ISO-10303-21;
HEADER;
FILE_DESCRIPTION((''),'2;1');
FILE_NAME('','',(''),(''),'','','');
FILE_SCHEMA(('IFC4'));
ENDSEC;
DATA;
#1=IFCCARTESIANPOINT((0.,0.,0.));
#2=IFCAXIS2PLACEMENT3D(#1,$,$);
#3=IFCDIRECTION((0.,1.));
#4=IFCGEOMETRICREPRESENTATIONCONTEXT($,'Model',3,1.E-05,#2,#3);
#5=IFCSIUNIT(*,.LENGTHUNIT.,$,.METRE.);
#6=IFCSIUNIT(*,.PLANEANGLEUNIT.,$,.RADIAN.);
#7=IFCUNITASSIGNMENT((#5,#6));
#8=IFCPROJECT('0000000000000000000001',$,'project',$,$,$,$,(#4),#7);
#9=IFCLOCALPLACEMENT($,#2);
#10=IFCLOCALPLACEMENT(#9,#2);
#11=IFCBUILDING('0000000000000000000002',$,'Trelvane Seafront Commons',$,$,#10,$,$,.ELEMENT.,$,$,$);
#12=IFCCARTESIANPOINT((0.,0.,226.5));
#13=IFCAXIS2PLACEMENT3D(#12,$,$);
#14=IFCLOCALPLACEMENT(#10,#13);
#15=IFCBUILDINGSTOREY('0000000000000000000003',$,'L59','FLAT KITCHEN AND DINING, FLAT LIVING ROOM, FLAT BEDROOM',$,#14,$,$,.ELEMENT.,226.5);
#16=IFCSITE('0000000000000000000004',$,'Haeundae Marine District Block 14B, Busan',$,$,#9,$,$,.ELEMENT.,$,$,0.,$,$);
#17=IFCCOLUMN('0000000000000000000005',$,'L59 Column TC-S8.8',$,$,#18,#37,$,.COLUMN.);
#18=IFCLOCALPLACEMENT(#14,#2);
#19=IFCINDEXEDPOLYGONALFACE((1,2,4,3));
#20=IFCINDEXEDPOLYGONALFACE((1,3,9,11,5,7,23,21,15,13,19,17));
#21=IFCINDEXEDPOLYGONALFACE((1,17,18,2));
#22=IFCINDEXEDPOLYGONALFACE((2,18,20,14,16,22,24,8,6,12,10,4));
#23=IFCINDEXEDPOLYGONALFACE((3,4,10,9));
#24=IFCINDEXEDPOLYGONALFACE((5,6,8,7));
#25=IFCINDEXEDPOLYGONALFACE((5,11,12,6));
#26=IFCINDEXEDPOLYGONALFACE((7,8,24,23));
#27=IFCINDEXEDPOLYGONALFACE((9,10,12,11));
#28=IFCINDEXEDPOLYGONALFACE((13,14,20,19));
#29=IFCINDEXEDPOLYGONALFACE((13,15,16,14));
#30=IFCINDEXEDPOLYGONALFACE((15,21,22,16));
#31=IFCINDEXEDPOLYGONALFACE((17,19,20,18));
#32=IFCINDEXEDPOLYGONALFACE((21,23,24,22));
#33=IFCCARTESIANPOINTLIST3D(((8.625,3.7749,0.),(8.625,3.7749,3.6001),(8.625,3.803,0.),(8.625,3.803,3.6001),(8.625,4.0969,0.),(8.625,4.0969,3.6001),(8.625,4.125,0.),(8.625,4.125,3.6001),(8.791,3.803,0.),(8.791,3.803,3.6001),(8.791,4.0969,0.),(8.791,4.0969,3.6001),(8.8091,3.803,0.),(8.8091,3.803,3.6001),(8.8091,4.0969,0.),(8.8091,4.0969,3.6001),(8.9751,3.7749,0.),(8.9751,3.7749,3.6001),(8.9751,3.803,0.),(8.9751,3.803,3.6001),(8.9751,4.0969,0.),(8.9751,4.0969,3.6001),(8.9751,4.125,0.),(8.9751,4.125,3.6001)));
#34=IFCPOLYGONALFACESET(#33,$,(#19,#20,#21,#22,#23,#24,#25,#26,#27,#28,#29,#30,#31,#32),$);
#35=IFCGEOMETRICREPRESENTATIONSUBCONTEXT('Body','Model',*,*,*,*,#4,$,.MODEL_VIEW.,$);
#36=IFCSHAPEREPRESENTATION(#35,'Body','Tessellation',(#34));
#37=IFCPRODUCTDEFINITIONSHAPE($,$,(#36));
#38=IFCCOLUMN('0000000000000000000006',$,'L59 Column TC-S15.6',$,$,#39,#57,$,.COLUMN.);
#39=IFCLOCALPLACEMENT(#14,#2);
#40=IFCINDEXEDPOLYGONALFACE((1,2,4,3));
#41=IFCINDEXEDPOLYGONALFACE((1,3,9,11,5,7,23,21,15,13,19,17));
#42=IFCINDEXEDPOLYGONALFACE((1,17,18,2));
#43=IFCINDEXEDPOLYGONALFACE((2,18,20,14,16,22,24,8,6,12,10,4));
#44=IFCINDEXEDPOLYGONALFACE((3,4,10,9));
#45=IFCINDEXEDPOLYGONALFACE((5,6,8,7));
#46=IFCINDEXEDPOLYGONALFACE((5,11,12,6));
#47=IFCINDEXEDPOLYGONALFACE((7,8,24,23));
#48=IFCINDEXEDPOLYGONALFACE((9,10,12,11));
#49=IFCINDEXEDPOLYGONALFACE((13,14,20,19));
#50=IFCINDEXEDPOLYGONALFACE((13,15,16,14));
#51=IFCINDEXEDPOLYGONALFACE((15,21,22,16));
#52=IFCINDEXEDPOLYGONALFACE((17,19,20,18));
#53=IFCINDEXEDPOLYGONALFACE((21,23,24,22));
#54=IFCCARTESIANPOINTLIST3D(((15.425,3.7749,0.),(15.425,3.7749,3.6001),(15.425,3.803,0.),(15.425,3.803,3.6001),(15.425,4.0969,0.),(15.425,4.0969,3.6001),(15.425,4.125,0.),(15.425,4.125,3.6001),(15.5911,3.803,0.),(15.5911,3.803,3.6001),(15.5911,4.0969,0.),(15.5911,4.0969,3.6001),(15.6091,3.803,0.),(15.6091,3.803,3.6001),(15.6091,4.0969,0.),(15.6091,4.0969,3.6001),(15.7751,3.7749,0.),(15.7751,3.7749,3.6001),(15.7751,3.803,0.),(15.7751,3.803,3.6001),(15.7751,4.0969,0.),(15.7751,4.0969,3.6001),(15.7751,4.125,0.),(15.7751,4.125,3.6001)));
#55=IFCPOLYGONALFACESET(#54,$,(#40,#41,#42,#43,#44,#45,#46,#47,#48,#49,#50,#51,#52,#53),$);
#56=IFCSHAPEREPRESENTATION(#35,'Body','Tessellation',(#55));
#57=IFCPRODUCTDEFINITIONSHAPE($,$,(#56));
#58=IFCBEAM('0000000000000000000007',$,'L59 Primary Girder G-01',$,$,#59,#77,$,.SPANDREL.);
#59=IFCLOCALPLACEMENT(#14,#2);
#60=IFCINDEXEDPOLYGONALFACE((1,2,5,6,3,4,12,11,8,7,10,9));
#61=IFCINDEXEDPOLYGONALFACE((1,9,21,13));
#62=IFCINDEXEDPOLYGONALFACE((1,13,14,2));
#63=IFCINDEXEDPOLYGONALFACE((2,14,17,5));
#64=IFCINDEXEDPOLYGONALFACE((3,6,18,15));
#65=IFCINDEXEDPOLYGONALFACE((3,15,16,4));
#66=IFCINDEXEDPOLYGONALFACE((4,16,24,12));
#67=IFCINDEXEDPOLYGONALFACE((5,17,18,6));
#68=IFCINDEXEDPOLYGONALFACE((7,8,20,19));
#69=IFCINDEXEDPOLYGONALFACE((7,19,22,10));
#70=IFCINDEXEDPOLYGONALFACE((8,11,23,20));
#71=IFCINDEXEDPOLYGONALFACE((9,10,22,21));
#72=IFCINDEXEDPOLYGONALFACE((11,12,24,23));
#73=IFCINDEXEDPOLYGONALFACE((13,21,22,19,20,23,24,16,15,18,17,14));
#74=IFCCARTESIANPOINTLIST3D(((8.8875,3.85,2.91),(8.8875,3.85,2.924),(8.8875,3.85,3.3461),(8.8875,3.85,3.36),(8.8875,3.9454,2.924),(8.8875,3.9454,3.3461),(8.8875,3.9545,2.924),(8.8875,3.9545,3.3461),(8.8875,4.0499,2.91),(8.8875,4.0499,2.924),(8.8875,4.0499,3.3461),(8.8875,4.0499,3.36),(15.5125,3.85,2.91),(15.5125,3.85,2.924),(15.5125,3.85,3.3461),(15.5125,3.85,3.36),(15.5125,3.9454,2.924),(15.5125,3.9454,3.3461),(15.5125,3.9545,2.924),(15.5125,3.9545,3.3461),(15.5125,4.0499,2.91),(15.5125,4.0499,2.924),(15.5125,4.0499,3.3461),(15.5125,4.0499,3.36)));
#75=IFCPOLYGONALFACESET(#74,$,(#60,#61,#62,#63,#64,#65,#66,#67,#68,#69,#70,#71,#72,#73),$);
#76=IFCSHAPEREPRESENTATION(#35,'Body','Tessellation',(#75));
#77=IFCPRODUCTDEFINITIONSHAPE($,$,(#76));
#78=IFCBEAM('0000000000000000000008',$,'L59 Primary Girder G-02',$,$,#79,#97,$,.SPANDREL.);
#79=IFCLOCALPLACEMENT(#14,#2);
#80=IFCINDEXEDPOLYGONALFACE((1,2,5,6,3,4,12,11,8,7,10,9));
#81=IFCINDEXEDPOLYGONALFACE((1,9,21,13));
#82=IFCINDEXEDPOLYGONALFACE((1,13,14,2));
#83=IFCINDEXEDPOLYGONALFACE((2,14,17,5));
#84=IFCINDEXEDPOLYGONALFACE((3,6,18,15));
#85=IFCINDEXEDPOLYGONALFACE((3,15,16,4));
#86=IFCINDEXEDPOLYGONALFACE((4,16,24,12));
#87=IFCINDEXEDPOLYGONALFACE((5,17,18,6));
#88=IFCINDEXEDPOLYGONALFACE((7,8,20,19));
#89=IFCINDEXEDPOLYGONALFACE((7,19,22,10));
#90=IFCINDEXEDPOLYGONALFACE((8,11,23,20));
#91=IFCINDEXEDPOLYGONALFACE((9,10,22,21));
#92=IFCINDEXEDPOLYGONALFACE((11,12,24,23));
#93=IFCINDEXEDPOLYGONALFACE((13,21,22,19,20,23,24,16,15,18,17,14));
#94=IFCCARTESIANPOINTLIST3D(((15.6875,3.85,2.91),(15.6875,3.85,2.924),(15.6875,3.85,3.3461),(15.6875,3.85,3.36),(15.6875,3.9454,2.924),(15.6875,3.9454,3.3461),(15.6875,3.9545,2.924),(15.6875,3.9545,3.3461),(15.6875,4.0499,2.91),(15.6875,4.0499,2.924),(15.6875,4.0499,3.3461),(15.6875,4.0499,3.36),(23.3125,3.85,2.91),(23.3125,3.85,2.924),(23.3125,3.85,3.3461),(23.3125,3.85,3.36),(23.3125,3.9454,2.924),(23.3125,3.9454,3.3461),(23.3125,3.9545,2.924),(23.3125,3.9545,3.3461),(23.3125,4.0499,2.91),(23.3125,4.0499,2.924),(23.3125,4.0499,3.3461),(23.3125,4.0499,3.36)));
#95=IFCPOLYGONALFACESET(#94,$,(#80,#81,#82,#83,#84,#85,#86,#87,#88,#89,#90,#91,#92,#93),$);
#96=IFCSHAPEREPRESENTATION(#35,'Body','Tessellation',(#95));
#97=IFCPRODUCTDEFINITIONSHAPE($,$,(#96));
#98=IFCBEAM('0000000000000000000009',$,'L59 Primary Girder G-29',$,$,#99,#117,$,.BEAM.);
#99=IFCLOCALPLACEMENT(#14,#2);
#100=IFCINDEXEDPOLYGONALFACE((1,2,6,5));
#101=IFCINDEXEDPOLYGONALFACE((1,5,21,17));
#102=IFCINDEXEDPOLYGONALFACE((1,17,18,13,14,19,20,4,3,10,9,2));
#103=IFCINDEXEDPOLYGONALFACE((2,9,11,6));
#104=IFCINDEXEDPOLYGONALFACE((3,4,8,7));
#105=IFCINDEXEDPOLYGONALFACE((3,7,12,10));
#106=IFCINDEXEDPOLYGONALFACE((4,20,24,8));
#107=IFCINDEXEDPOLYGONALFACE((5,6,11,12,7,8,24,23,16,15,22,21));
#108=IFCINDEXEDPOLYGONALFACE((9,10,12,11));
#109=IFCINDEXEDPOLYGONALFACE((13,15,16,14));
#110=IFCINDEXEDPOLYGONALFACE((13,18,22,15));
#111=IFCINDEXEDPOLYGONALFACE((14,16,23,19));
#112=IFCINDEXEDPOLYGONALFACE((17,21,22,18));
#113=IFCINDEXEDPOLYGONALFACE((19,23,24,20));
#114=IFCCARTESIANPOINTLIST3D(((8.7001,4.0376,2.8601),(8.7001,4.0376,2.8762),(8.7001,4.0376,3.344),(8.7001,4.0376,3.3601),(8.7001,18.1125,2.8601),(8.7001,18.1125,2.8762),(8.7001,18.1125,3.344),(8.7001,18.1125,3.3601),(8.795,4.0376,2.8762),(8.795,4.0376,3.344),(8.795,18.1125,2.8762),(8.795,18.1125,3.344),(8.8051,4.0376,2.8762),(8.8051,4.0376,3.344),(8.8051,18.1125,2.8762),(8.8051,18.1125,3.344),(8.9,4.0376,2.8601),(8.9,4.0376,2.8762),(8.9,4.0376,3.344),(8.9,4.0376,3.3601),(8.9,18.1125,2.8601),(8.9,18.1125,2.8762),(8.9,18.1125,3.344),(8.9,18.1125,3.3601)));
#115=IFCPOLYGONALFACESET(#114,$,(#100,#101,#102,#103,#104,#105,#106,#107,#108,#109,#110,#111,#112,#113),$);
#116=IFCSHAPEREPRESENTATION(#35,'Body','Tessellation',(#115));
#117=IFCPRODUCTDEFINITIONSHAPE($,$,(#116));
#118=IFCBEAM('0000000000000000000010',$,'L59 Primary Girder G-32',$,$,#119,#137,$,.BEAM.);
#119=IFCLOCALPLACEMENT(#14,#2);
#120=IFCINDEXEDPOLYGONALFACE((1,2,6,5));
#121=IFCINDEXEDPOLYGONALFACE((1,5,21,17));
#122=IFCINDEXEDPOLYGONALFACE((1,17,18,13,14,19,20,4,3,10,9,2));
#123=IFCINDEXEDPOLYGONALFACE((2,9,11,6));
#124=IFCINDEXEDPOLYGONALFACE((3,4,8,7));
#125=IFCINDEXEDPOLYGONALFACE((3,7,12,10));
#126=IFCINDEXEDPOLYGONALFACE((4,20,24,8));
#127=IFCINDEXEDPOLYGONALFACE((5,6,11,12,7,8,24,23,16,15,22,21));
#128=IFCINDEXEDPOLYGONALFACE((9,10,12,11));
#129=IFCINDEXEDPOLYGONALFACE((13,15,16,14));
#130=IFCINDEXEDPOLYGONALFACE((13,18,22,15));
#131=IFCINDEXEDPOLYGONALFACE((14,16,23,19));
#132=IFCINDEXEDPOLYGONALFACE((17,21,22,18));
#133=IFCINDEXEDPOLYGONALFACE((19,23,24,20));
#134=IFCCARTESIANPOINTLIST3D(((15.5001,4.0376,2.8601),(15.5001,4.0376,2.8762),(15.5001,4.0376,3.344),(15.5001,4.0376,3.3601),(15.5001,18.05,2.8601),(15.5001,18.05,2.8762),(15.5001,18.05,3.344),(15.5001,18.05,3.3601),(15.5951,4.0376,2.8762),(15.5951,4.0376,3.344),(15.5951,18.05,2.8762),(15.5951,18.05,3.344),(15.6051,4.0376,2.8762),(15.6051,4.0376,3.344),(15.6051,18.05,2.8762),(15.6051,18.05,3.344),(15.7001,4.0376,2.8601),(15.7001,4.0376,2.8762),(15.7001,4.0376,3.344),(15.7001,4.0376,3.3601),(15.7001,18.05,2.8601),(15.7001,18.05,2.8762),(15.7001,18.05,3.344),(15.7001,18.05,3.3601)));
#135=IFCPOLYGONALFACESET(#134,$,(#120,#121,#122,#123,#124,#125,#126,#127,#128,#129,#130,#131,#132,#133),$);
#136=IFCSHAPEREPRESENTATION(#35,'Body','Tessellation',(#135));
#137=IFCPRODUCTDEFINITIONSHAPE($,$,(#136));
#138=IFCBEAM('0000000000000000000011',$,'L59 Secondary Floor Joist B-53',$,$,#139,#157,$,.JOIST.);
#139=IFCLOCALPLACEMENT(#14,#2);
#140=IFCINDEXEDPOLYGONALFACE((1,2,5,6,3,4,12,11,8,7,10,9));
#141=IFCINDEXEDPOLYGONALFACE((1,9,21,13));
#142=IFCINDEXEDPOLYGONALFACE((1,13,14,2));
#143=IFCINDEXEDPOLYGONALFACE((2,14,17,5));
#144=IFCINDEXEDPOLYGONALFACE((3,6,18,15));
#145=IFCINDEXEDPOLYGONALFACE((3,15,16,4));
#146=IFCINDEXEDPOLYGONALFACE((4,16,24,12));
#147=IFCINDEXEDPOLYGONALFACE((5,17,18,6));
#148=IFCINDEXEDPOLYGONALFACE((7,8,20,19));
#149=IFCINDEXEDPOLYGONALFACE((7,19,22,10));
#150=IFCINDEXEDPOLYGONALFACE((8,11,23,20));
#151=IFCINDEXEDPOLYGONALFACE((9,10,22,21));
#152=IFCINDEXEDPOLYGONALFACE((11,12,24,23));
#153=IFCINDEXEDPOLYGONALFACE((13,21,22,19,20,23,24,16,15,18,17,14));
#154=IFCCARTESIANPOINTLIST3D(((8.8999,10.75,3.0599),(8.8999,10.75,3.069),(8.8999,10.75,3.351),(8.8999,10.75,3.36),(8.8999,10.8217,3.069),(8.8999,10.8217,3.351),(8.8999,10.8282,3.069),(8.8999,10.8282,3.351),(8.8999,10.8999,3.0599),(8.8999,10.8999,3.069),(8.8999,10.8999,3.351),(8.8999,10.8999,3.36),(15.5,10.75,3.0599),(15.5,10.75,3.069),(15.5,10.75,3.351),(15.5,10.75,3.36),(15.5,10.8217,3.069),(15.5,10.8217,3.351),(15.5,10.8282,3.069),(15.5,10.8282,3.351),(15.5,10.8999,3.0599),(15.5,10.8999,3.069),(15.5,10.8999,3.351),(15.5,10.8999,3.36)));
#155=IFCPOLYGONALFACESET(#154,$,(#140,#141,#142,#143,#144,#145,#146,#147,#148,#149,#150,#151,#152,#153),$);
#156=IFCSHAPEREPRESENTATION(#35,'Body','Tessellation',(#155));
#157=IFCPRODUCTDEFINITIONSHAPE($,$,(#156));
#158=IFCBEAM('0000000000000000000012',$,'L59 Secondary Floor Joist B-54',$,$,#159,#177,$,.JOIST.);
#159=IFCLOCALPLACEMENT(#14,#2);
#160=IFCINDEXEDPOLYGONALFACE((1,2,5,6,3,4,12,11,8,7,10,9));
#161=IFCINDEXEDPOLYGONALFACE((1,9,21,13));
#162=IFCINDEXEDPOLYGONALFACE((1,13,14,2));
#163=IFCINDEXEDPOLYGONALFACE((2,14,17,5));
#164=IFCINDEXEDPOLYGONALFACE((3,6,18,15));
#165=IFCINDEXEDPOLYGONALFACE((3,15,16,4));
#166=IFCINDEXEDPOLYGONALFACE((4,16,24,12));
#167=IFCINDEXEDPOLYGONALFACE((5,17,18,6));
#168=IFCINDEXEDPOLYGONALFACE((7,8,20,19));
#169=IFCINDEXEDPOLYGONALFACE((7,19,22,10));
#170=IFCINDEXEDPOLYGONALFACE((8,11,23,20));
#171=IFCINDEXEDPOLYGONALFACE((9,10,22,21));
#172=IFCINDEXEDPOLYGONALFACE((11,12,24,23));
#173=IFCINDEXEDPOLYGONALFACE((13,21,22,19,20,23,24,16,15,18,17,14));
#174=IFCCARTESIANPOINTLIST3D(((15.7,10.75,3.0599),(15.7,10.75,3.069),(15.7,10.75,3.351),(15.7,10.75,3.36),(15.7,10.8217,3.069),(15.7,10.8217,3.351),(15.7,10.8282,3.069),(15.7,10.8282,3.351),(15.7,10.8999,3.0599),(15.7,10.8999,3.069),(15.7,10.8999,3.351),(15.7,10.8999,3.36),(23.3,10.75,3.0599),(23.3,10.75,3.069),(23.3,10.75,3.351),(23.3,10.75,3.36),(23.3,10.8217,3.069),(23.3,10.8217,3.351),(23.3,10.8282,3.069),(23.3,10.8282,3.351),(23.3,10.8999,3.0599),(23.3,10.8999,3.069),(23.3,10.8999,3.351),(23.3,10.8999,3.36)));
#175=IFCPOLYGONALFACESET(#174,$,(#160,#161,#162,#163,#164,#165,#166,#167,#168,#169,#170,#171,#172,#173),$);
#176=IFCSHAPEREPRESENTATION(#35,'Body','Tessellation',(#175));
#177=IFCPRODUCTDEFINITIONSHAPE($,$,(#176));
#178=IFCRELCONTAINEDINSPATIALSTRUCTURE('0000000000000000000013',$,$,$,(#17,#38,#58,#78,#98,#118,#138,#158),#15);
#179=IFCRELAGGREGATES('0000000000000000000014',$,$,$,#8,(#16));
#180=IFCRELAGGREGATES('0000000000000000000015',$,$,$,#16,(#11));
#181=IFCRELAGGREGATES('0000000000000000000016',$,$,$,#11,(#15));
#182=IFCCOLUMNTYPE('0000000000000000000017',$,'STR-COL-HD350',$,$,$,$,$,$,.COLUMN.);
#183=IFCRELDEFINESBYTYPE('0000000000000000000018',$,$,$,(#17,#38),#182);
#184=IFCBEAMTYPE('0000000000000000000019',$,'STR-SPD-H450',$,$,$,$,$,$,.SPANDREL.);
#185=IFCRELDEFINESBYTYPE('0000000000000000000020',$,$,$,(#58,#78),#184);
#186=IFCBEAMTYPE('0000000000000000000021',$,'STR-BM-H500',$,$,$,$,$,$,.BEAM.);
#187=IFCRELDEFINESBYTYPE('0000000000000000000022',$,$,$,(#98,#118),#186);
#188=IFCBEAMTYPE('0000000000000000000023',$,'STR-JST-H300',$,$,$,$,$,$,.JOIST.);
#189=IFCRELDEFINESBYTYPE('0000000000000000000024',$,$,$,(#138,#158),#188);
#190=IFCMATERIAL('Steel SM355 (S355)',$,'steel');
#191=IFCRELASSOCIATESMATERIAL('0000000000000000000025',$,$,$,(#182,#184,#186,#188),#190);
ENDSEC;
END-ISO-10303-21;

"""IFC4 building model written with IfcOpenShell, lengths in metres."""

from ifc_helpers import new_model, si_unit, direction, frame, origin, origin_2d, place, context, subcontext, project, spatial, i_section, extrude, source, transform, mapped, material, material_profile, profile_set, type_object, element, save


model = new_model("IFC4")

# Units and contexts
model_context = context("Model", 3, precision=1e-05, world=origin(), true_north=direction((0.0, 1.0)))
body_context = subcontext(model_context, "Body", "Model", "MODEL_VIEW")
ifc_project = project(units=[si_unit("LENGTHUNIT", "METRE"), si_unit("PLANEANGLEUNIT", "RADIAN")], contexts=[model_context])

# Site, building, storey
site_placement = place(None, origin())
site = spatial("IfcSite", under=ifc_project, at=site_placement, Name="Haeundae Marine District Block 14B, Busan", CompositionType="ELEMENT", RefElevation=0.0)
building_placement = place(site_placement, origin())
building = spatial("IfcBuilding", under=site, at=building_placement, Name="Trelvane Seafront Commons", CompositionType="ELEMENT")
storey_placement = place(building_placement, frame((0.0, 0.0, 226.5)))
storey = spatial("IfcBuildingStorey", under=building, at=storey_placement, Name="L59", Description="FLAT KITCHEN AND DINING, FLAT LIVING ROOM, FLAT BEDROOM", CompositionType="ELEMENT", Elevation=226.5)

# Columns
ifc_material_1 = material(Name="Steel SM355 (S355)", Category="steel")
ifc_material_profile_1 = material_profile(ifc_material_1, i_section(OverallWidth=0.3501, OverallDepth=0.3501, WebThickness=0.0181, FlangeThickness=0.0281, at=origin_2d()), Name="HD-350x350x18x28")
ifc_profile_set_1 = profile_set([ifc_material_profile_1], Name="Steel SM355 (S355)")
column_type = type_object("IfcColumnType", Name="STR-COL-HD350", PredefinedType="COLUMN", material=ifc_profile_set_1)
shared_shape_1 = source(origin(), body_context, "Body", "SweptSolid", [
    extrude(i_section(OverallWidth=0.3501, OverallDepth=0.3501, WebThickness=0.0181, FlangeThickness=0.0281, at=origin_2d()), origin(), (0.0, 0.0, 1.0), 3.6001),
])
for number, where, z_axis, x_axis, name in (
    (1, (8.8, 3.95, 0.0), (0.0, 0.0, 1.0), (1.0, 0.0, 0.0), "L59 Column TC-S8.8"),
    (2, (15.6001, 3.95, 0.0), (0.0, 0.0, 1.0), (1.0, 0.0, 0.0), "L59 Column TC-S15.6"),
):
    element("IfcColumn", number, at=place(storey_placement, frame(where, z_axis=z_axis, x_axis=x_axis)), inside=storey, type_object=column_type, Name=name, PredefinedType="COLUMN", context=body_context, shape_type="MappedRepresentation", body=[
        mapped(shared_shape_1, transform((0.0, 0.0, 0.0), x_axis=(1.0, 0.0, 0.0), y_axis=(0.0, 1.0, 0.0), z_axis=(0.0, 0.0, 1.0), scale=1.0)),
    ])

# Beams
ifc_material_profile_2 = material_profile(ifc_material_1, i_section(OverallWidth=0.2, OverallDepth=0.45, WebThickness=0.009, FlangeThickness=0.0139, at=origin_2d()), Name="H-450x200x9x14")
ifc_profile_set_2 = profile_set([ifc_material_profile_2], Name="Steel SM355 (S355)")
beam_type_1 = type_object("IfcBeamType", Name="STR-SPD-H450", PredefinedType="SPANDREL", material=ifc_profile_set_2)
shared_shape_2 = source(origin(), body_context, "Body", "SweptSolid", [
    extrude(i_section(OverallWidth=0.2, OverallDepth=0.45, WebThickness=0.009, FlangeThickness=0.0139, at=origin_2d()), origin(), (0.0, 0.0, 1.0), 6.625),
])
beam_1_placement = place(storey_placement, frame((8.8875, 3.95, 3.135), z_axis=(1.0, 0.0, 0.0), x_axis=(0.0, 1.0, 0.0)))
element("IfcBeam", 3, at=beam_1_placement, inside=storey, type_object=beam_type_1, Name="L59 Primary Girder G-01", PredefinedType="SPANDREL", context=body_context, shape_type="MappedRepresentation", body=[
    mapped(shared_shape_2, transform((0.0, 0.0, 0.0), x_axis=(1.0, 0.0, 0.0), y_axis=(0.0, 1.0, 0.0), z_axis=(0.0, 0.0, 1.0), scale=1.0)),
])
shared_shape_3 = source(origin(), body_context, "Body", "SweptSolid", [
    extrude(i_section(OverallWidth=0.2, OverallDepth=0.45, WebThickness=0.009, FlangeThickness=0.0139, at=origin_2d()), origin(), (0.0, 0.0, 1.0), 7.625),
])
beam_2_placement = place(storey_placement, frame((15.6875, 3.95, 3.135), z_axis=(1.0, 0.0, 0.0), x_axis=(0.0, 1.0, 0.0)))
element("IfcBeam", 4, at=beam_2_placement, inside=storey, type_object=beam_type_1, Name="L59 Primary Girder G-02", PredefinedType="SPANDREL", context=body_context, shape_type="MappedRepresentation", body=[
    mapped(shared_shape_3, transform((0.0, 0.0, 0.0), x_axis=(1.0, 0.0, 0.0), y_axis=(0.0, 1.0, 0.0), z_axis=(0.0, 0.0, 1.0), scale=1.0)),
])
ifc_material_profile_3 = material_profile(ifc_material_1, i_section(OverallWidth=0.2, OverallDepth=0.5, WebThickness=0.01, FlangeThickness=0.0161, at=origin_2d()), Name="H-500x200x10x16")
ifc_profile_set_3 = profile_set([ifc_material_profile_3], Name="Steel SM355 (S355)")
beam_type_2 = type_object("IfcBeamType", Name="STR-BM-H500", PredefinedType="BEAM", material=ifc_profile_set_3)
shared_shape_4 = source(origin(), body_context, "Body", "SweptSolid", [
    extrude(i_section(OverallWidth=0.2, OverallDepth=0.5, WebThickness=0.01, FlangeThickness=0.0161, at=origin_2d()), origin(), (0.0, 0.0, 1.0), 14.075),
])
beam_3_placement = place(storey_placement, frame((8.8, 4.0376, 3.1101), z_axis=(0.0, 1.0, 0.0), x_axis=(-1.0, 0.0, 0.0)))
element("IfcBeam", 5, at=beam_3_placement, inside=storey, type_object=beam_type_2, Name="L59 Primary Girder G-29", PredefinedType="BEAM", context=body_context, shape_type="MappedRepresentation", body=[
    mapped(shared_shape_4, transform((0.0, 0.0, 0.0), x_axis=(1.0, 0.0, 0.0), y_axis=(0.0, 1.0, 0.0), z_axis=(0.0, 0.0, 1.0), scale=1.0)),
])
shared_shape_5 = source(origin(), body_context, "Body", "SweptSolid", [
    extrude(i_section(OverallWidth=0.2, OverallDepth=0.5, WebThickness=0.01, FlangeThickness=0.0161, at=origin_2d()), origin(), (0.0, 0.0, 1.0), 14.0125),
])
beam_4_placement = place(storey_placement, frame((15.6001, 4.0376, 3.1101), z_axis=(0.0, 1.0, 0.0), x_axis=(-1.0, 0.0, 0.0)))
element("IfcBeam", 6, at=beam_4_placement, inside=storey, type_object=beam_type_2, Name="L59 Primary Girder G-32", PredefinedType="BEAM", context=body_context, shape_type="MappedRepresentation", body=[
    mapped(shared_shape_5, transform((0.0, 0.0, 0.0), x_axis=(1.0, 0.0, 0.0), y_axis=(0.0, 1.0, 0.0), z_axis=(0.0, 0.0, 1.0), scale=1.0)),
])
ifc_material_profile_4 = material_profile(ifc_material_1, i_section(OverallWidth=0.1499, OverallDepth=0.3, WebThickness=0.0066, FlangeThickness=0.009, at=origin_2d()), Name="H-300x150x6.5x9")
ifc_profile_set_4 = profile_set([ifc_material_profile_4], Name="Steel SM355 (S355)")
beam_type_3 = type_object("IfcBeamType", Name="STR-JST-H300", PredefinedType="JOIST", material=ifc_profile_set_4)
shared_shape_6 = source(origin(), body_context, "Body", "SweptSolid", [
    extrude(i_section(OverallWidth=0.1499, OverallDepth=0.3, WebThickness=0.0066, FlangeThickness=0.009, at=origin_2d()), origin(), (0.0, 0.0, 1.0), 6.6001),
])
beam_5_placement = place(storey_placement, frame((8.8999, 10.825, 3.21), z_axis=(1.0, 0.0, 0.0), x_axis=(0.0, 1.0, 0.0)))
element("IfcBeam", 7, at=beam_5_placement, inside=storey, type_object=beam_type_3, Name="L59 Secondary Floor Joist B-53", PredefinedType="JOIST", context=body_context, shape_type="MappedRepresentation", body=[
    mapped(shared_shape_6, transform((0.0, 0.0, 0.0), x_axis=(1.0, 0.0, 0.0), y_axis=(0.0, 1.0, 0.0), z_axis=(0.0, 0.0, 1.0), scale=1.0)),
])
shared_shape_7 = source(origin(), body_context, "Body", "SweptSolid", [
    extrude(i_section(OverallWidth=0.1499, OverallDepth=0.3, WebThickness=0.0066, FlangeThickness=0.009, at=origin_2d()), origin(), (0.0, 0.0, 1.0), 7.6001),
])
beam_6_placement = place(storey_placement, frame((15.7, 10.825, 3.21), z_axis=(1.0, 0.0, 0.0), x_axis=(0.0, 1.0, 0.0)))
element("IfcBeam", 8, at=beam_6_placement, inside=storey, type_object=beam_type_3, Name="L59 Secondary Floor Joist B-54", PredefinedType="JOIST", context=body_context, shape_type="MappedRepresentation", body=[
    mapped(shared_shape_7, transform((0.0, 0.0, 0.0), x_axis=(1.0, 0.0, 0.0), y_axis=(0.0, 1.0, 0.0), z_axis=(0.0, 0.0, 1.0), scale=1.0)),
])

save(model, "model.ifc")
